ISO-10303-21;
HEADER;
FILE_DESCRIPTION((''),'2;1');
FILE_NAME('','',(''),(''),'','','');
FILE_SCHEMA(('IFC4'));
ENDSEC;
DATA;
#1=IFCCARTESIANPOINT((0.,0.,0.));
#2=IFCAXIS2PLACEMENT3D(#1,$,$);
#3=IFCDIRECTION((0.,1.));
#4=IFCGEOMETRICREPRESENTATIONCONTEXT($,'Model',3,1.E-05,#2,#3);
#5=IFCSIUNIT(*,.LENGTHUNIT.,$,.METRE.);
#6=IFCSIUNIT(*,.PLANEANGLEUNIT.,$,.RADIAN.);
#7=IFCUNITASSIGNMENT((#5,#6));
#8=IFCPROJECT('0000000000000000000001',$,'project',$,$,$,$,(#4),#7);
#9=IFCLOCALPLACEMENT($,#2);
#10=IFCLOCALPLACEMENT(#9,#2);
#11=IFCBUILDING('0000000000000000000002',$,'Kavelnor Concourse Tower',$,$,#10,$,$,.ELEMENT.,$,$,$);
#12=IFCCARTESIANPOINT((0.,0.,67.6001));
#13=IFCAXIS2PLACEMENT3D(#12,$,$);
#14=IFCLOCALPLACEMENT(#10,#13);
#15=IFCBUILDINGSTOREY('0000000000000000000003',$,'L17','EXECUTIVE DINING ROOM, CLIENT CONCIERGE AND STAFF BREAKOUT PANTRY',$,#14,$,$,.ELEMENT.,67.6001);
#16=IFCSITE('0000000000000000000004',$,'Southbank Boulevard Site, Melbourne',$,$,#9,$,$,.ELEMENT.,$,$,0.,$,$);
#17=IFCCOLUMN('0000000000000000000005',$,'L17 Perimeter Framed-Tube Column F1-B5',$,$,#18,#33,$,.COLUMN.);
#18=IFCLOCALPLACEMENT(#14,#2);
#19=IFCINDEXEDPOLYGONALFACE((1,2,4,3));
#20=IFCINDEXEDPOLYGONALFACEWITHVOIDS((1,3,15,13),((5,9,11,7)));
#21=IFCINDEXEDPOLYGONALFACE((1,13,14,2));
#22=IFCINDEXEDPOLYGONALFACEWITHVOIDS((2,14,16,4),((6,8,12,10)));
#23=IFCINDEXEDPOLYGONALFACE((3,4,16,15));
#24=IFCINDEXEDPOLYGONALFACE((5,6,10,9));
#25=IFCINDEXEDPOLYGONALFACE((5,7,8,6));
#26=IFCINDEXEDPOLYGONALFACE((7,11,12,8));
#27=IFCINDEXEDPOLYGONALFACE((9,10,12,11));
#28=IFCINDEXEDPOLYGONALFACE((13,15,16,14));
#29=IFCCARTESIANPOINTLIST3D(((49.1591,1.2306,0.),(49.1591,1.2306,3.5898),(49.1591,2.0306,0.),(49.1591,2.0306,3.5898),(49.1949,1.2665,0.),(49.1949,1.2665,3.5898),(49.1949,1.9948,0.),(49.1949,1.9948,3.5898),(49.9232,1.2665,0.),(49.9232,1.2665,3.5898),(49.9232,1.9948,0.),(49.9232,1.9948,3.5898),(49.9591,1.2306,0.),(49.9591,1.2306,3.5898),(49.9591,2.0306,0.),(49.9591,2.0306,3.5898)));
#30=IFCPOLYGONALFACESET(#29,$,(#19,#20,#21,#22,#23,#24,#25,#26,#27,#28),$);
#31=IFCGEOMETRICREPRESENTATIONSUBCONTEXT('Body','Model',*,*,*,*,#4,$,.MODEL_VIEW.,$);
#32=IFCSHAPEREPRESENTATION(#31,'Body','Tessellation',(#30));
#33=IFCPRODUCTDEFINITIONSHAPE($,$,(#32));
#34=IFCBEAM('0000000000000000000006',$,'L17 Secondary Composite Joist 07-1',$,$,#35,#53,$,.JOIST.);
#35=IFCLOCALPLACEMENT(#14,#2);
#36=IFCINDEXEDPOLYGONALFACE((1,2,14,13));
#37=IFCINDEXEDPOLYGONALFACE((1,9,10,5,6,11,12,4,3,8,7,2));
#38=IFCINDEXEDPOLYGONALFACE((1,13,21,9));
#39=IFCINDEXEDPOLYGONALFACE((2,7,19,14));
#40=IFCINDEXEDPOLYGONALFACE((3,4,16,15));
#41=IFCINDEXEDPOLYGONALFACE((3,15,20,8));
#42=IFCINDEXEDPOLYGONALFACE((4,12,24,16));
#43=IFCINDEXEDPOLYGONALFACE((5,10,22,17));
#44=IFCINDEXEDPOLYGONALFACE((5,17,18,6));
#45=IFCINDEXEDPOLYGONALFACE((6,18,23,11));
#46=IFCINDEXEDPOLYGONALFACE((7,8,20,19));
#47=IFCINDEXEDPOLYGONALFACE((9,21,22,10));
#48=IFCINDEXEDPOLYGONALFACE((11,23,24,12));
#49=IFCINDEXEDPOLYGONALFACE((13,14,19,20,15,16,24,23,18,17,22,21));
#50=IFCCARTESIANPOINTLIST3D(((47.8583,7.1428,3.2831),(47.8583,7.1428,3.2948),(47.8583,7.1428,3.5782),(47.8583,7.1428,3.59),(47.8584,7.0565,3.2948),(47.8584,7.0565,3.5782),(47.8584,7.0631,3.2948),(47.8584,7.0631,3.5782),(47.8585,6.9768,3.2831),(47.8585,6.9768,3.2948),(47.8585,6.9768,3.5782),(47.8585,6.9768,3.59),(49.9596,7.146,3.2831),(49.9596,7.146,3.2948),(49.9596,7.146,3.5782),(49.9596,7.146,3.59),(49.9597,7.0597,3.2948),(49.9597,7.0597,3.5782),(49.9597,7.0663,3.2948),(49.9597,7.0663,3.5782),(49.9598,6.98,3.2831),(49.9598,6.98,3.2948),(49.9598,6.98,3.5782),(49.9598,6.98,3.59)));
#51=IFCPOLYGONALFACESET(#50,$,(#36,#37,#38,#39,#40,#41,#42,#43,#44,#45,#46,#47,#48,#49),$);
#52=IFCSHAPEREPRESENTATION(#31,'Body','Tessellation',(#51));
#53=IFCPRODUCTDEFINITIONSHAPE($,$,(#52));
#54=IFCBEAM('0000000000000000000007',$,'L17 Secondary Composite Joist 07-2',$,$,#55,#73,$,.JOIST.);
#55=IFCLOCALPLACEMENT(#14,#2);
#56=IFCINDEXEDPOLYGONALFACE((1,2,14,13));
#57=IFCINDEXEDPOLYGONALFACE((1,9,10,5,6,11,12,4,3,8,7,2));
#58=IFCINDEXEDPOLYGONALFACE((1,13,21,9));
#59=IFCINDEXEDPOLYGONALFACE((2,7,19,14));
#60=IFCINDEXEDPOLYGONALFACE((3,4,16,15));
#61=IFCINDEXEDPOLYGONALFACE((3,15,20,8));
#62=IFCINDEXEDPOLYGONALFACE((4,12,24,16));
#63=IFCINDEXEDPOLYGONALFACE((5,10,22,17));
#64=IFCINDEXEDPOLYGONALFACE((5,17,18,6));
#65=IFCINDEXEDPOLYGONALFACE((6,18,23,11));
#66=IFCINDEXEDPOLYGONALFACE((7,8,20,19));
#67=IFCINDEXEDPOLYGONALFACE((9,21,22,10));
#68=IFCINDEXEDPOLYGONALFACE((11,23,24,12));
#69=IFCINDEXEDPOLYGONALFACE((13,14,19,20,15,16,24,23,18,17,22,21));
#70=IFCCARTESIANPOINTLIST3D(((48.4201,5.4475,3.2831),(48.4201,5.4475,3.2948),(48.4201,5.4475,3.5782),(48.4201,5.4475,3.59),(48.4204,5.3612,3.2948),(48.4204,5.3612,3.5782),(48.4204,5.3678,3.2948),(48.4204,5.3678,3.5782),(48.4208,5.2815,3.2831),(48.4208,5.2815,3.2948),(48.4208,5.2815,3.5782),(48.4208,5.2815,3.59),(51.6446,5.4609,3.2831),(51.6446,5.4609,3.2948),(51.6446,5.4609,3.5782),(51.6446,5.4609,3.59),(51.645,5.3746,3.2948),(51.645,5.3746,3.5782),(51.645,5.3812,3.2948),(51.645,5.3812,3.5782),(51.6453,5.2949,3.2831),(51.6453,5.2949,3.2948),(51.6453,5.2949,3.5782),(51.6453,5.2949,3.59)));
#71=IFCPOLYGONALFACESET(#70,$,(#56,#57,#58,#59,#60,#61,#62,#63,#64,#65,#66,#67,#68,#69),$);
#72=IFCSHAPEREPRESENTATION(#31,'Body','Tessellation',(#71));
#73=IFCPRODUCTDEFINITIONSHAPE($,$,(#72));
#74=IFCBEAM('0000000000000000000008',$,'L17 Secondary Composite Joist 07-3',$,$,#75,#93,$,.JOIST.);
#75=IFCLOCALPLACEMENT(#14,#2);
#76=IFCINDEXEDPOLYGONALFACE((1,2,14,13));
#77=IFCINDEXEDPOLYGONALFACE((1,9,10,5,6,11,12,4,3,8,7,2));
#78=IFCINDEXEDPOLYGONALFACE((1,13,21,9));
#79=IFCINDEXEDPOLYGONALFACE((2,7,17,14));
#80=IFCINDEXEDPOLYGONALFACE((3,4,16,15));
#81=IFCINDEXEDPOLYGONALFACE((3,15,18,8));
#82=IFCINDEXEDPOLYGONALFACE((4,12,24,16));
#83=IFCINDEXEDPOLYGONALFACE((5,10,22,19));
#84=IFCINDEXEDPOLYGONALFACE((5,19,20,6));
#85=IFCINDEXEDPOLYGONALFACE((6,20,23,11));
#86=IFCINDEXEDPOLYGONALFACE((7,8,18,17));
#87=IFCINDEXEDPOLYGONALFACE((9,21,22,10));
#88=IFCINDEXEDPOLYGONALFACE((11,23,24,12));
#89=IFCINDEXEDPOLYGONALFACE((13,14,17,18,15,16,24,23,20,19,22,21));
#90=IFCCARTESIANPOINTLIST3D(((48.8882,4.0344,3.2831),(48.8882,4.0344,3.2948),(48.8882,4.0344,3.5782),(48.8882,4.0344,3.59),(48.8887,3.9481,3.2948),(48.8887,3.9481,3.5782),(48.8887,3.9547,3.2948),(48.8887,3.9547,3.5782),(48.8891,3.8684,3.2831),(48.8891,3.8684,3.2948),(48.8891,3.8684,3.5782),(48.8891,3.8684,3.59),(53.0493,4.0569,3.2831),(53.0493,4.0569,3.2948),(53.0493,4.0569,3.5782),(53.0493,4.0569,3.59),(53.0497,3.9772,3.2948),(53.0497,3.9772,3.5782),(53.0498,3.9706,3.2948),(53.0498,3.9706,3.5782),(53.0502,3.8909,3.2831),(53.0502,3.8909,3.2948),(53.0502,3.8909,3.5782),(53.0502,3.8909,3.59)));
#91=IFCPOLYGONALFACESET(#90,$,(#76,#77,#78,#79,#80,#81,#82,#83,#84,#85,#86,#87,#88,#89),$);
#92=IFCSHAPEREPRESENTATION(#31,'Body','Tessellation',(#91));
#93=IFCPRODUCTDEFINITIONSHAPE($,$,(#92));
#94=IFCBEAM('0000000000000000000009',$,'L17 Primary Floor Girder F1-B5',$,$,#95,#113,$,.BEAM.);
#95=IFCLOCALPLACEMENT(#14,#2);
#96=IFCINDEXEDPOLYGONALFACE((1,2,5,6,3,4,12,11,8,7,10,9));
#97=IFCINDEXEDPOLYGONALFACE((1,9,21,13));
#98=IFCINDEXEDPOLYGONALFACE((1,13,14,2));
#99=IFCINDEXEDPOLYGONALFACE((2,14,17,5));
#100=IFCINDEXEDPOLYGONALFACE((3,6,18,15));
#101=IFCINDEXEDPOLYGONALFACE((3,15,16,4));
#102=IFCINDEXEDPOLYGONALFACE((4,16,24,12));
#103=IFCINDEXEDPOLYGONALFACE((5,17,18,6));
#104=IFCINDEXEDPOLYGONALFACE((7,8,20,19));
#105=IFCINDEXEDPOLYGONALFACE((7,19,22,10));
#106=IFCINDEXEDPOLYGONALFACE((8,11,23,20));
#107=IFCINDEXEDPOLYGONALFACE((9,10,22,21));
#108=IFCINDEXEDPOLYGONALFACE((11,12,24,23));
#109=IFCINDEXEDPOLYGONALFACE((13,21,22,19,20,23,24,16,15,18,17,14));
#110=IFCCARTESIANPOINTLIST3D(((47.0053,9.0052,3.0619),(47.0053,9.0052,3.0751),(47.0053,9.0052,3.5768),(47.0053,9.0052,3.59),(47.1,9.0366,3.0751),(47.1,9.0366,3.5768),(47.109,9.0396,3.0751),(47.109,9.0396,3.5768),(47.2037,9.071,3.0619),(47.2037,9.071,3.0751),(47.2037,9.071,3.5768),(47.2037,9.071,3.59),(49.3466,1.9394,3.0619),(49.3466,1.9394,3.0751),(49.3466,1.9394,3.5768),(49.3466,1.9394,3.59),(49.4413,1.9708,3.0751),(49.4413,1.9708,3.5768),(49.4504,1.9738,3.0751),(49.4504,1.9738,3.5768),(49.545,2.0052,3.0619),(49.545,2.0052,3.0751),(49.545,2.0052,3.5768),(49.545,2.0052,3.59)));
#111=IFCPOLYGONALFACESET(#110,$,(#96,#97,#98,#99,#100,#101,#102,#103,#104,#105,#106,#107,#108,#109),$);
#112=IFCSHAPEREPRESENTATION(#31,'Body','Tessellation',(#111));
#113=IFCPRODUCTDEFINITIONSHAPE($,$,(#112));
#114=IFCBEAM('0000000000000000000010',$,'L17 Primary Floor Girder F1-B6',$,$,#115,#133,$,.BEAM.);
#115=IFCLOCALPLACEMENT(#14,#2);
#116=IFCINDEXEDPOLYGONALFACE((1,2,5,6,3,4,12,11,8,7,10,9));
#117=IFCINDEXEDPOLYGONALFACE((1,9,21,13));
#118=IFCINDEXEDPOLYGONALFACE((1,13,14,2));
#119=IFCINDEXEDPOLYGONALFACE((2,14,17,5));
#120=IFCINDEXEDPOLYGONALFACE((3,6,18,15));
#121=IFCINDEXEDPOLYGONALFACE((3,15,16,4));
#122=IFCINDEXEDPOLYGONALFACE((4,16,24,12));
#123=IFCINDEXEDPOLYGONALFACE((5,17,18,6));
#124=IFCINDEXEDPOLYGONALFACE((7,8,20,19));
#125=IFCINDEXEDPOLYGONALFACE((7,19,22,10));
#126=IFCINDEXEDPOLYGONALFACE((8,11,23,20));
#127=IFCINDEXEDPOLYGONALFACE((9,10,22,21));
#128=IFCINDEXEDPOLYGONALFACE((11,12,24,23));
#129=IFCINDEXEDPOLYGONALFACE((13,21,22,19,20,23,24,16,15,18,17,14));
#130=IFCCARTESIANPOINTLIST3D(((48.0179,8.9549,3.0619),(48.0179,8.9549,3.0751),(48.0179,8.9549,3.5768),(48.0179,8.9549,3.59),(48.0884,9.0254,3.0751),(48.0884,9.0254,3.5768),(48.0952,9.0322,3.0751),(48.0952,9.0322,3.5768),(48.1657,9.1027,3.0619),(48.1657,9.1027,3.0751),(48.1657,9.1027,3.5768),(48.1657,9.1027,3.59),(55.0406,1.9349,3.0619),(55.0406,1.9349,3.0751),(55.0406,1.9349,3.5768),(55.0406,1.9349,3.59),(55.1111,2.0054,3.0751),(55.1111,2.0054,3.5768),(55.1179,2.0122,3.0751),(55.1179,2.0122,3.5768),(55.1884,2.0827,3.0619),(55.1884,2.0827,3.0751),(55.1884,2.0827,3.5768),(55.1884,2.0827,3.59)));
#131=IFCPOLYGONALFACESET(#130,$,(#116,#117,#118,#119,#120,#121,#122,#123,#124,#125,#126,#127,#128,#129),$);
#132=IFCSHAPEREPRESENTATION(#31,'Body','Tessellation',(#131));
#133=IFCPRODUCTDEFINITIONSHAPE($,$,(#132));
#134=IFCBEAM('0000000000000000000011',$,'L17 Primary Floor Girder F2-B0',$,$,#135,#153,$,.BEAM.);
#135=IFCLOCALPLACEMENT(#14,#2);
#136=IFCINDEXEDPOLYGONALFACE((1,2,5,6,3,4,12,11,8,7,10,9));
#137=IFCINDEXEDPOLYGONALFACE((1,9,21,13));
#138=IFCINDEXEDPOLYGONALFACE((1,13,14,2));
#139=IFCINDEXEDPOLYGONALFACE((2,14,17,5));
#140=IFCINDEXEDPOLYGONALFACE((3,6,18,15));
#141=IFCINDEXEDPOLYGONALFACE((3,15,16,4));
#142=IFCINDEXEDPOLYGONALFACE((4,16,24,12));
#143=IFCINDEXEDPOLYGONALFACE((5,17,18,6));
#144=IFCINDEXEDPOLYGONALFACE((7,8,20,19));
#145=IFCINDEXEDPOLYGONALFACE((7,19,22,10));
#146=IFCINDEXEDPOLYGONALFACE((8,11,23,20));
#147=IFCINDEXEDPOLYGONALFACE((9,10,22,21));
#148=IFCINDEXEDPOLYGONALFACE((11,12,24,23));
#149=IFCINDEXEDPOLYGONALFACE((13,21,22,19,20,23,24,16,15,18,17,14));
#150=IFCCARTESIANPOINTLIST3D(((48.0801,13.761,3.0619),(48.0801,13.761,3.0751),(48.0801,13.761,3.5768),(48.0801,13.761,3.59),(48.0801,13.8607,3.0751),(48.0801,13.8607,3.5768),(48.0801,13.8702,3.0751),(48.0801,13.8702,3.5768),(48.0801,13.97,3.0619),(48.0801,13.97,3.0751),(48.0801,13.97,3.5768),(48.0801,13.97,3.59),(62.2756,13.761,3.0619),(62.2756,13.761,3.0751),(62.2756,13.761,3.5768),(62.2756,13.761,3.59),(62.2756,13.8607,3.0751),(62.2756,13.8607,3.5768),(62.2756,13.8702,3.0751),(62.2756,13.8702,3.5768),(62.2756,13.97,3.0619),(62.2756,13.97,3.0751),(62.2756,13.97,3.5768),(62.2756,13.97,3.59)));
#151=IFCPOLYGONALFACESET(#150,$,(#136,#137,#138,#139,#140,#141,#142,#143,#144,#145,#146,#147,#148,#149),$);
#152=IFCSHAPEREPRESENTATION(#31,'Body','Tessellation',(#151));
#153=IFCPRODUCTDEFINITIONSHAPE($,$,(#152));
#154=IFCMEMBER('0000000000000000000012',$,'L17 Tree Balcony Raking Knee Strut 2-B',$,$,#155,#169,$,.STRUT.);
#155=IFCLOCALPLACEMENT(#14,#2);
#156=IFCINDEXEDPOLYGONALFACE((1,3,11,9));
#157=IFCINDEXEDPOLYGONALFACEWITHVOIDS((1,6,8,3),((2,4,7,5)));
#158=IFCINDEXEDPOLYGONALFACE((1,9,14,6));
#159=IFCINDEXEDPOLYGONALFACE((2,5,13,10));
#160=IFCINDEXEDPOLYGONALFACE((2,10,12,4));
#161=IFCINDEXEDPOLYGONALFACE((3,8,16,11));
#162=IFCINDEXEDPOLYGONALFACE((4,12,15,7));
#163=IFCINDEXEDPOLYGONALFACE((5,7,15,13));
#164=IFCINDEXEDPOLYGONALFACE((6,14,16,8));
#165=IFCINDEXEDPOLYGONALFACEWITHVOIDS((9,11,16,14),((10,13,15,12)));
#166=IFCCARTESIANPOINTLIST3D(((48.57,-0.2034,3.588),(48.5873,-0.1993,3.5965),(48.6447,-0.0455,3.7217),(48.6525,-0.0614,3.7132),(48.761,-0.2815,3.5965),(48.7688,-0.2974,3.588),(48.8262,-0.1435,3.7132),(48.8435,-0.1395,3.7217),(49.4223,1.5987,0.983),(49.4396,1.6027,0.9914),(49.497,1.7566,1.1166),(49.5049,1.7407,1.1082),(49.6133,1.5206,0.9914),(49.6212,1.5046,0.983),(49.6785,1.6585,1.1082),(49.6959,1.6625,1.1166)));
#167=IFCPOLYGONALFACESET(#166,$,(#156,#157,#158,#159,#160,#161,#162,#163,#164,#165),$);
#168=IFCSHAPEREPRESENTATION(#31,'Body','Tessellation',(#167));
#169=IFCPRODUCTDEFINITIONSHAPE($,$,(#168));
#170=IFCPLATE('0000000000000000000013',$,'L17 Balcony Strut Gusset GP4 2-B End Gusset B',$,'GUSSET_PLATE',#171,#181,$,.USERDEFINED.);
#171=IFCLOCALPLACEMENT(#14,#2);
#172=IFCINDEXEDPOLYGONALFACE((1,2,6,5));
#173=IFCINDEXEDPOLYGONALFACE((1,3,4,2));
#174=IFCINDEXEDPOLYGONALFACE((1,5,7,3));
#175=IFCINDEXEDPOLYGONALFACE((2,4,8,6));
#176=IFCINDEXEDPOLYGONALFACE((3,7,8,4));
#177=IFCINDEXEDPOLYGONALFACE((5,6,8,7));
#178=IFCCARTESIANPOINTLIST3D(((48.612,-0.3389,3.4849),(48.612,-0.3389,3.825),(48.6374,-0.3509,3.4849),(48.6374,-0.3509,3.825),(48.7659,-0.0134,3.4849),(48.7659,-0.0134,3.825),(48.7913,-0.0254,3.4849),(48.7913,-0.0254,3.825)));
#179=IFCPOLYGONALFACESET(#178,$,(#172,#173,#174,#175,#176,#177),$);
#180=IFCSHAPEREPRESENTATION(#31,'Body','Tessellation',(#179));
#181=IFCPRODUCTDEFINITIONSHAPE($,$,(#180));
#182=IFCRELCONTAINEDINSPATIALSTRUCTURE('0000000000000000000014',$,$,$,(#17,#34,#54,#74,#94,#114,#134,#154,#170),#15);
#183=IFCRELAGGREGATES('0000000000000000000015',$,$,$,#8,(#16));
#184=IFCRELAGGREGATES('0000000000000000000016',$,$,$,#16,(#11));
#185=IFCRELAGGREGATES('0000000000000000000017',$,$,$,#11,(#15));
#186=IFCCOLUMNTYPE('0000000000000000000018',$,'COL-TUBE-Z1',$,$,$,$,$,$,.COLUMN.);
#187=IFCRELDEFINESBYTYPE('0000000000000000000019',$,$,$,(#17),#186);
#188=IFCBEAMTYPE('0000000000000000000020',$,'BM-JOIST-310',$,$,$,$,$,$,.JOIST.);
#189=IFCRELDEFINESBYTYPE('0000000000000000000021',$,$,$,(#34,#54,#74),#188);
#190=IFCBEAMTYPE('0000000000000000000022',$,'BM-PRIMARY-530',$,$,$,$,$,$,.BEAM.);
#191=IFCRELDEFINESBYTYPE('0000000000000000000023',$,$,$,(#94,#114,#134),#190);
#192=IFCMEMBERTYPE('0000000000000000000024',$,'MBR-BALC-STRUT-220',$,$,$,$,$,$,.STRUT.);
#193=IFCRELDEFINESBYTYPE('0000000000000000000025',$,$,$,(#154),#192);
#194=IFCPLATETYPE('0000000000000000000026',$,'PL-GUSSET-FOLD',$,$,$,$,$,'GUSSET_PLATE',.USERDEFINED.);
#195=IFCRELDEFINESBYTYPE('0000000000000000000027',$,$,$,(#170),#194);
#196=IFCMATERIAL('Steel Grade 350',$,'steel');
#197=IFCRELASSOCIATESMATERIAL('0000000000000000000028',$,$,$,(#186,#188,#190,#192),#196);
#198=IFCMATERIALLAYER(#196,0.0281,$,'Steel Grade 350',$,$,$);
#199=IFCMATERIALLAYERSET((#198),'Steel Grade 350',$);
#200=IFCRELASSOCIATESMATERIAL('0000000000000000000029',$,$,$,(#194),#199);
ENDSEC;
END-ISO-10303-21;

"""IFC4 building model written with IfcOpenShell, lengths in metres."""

from ifc_helpers import new_model, si_unit, direction, frame, origin, origin_2d, place, context, subcontext, project, spatial, rectangle, hollow_rectangle, i_section, extrude, material, layer, layer_set, material_profile, profile_set, type_object, element, save


model = new_model("IFC4")

# Units and contexts
model_context = context("Model", 3, precision=1e-05, world=origin(), true_north=direction((0.0, 1.0)))
body_context = subcontext(model_context, "Body", "Model", "MODEL_VIEW")
ifc_project = project(units=[si_unit("LENGTHUNIT", "METRE"), si_unit("PLANEANGLEUNIT", "RADIAN")], contexts=[model_context])

# Site, building, storey
site_placement = place(None, origin())
site = spatial("IfcSite", under=ifc_project, at=site_placement, Name="Southbank Boulevard Site, Melbourne", CompositionType="ELEMENT", RefElevation=0.0)
building_placement = place(site_placement, origin())
building = spatial("IfcBuilding", under=site, at=building_placement, Name="Kavelnor Concourse Tower", CompositionType="ELEMENT")
storey_placement = place(building_placement, frame((0.0, 0.0, 67.6001)))
storey = spatial("IfcBuildingStorey", under=building, at=storey_placement, Name="L17", Description="EXECUTIVE DINING ROOM, CLIENT CONCIERGE AND STAFF BREAKOUT PANTRY", CompositionType="ELEMENT", Elevation=67.6001)

# Column
ifc_material_1 = material(Name="Steel Grade 350", Category="steel")
ifc_material_profile_1 = material_profile(ifc_material_1, hollow_rectangle(XDim=0.8, YDim=0.8, WallThickness=0.0359, at=origin_2d()), Name="SHS 800x800x36")
ifc_profile_set_1 = profile_set([ifc_material_profile_1], Name="Steel Grade 350")
column_type = type_object("IfcColumnType", Name="COL-TUBE-Z1", PredefinedType="COLUMN", material=ifc_profile_set_1)
column_placement = place(storey_placement, frame((49.5591, 1.6306, 0.0), z_axis=(0.0, 0.0, 1.0), x_axis=(1.0, 0.0, 0.0)))
element("IfcColumn", 1, at=column_placement, inside=storey, type_object=column_type, Name="L17 Perimeter Framed-Tube Column F1-B5", PredefinedType="COLUMN", context=body_context, shape_type="SweptSolid", body=[
    extrude(hollow_rectangle(XDim=0.8, YDim=0.8, WallThickness=0.0359, at=origin_2d()), origin(), (0.0, 0.0, 1.0), 3.5898),
])

# Beams
ifc_material_profile_2 = material_profile(ifc_material_1, i_section(OverallWidth=0.166, OverallDepth=0.3069, WebThickness=0.0066, FlangeThickness=0.0117, at=origin_2d()), Name="310UB46")
ifc_profile_set_2 = profile_set([ifc_material_profile_2], Name="Steel Grade 350")
beam_type_1 = type_object("IfcBeamType", Name="BM-JOIST-310", PredefinedType="JOIST", material=ifc_profile_set_2)
beam_1_placement = place(storey_placement, frame((47.8584, 7.0598, 3.4365), z_axis=(0.999999, 0.00151, 0.0), x_axis=(-0.00151, 0.999999, 0.0)))
element("IfcBeam", 2, at=beam_1_placement, inside=storey, type_object=beam_type_1, Name="L17 Secondary Composite Joist 07-1", PredefinedType="JOIST", context=body_context, shape_type="SweptSolid", body=[
    extrude(i_section(OverallWidth=0.166, OverallDepth=0.3069, WebThickness=0.0066, FlangeThickness=0.0117, at=origin_2d()), origin(), (0.0, 0.0, 1.0), 2.1013),
])
beam_2_placement = place(storey_placement, frame((48.4204, 5.3645, 3.4365), z_axis=(0.999991, 0.004164, 0.0), x_axis=(-0.004164, 0.999991, 0.0)))
element("IfcBeam", 3, at=beam_2_placement, inside=storey, type_object=beam_type_1, Name="L17 Secondary Composite Joist 07-2", PredefinedType="JOIST", context=body_context, shape_type="SweptSolid", body=[
    extrude(i_section(OverallWidth=0.166, OverallDepth=0.3069, WebThickness=0.0066, FlangeThickness=0.0117, at=origin_2d()), origin(), (0.0, 0.0, 1.0), 3.2246),
])
beam_3_placement = place(storey_placement, frame((48.8887, 3.9514, 3.4365), z_axis=(0.999985, 0.005398, 0.0), x_axis=(-0.005398, 0.999985, 0.0)))
element("IfcBeam", 4, at=beam_3_placement, inside=storey, type_object=beam_type_1, Name="L17 Secondary Composite Joist 07-3", PredefinedType="JOIST", context=body_context, shape_type="SweptSolid", body=[
    extrude(i_section(OverallWidth=0.166, OverallDepth=0.3069, WebThickness=0.0066, FlangeThickness=0.0117, at=origin_2d()), origin(), (0.0, 0.0, 1.0), 4.1611),
])
ifc_material_profile_3 = material_profile(ifc_material_1, i_section(OverallWidth=0.209, OverallDepth=0.5281, WebThickness=0.0095, FlangeThickness=0.0132, at=origin_2d()), Name="530UB82")
ifc_profile_set_3 = profile_set([ifc_material_profile_3], Name="Steel Grade 350")
beam_type_2 = type_object("IfcBeamType", Name="BM-PRIMARY-530", PredefinedType="BEAM", material=ifc_profile_set_3)
beam_4_placement = place(storey_placement, frame((47.1045, 9.0381, 3.3259), z_axis=(0.314545, -0.949243, 0.0), x_axis=(0.949243, 0.314545, 0.0)))
element("IfcBeam", 5, at=beam_4_placement, inside=storey, type_object=beam_type_2, Name="L17 Primary Floor Girder F1-B5", PredefinedType="BEAM", context=body_context, shape_type="SweptSolid", body=[
    extrude(i_section(OverallWidth=0.209, OverallDepth=0.5281, WebThickness=0.0095, FlangeThickness=0.0132, at=origin_2d()), origin(), (0.0, 0.0, 1.0), 7.4436),
])
beam_5_placement = place(storey_placement, frame((48.0918, 9.0288, 3.3259), z_axis=(0.707242, -0.706972, 0.0), x_axis=(0.706972, 0.707242, 0.0)))
element("IfcBeam", 6, at=beam_5_placement, inside=storey, type_object=beam_type_2, Name="L17 Primary Floor Girder F1-B6", PredefinedType="BEAM", context=body_context, shape_type="SweptSolid", body=[
    extrude(i_section(OverallWidth=0.209, OverallDepth=0.5281, WebThickness=0.0095, FlangeThickness=0.0132, at=origin_2d()), origin(), (0.0, 0.0, 1.0), 9.9297),
])
beam_6_placement = place(storey_placement, frame((48.0801, 13.8655, 3.3259), z_axis=(1.0, 0.0, 0.0), x_axis=(0.0, 1.0, 0.0)))
element("IfcBeam", 7, at=beam_6_placement, inside=storey, type_object=beam_type_2, Name="L17 Primary Floor Girder F2-B0", PredefinedType="BEAM", context=body_context, shape_type="SweptSolid", body=[
    extrude(i_section(OverallWidth=0.209, OverallDepth=0.5281, WebThickness=0.0095, FlangeThickness=0.0132, at=origin_2d()), origin(), (0.0, 0.0, 1.0), 14.1956),
])

# Member
ifc_material_profile_4 = material_profile(ifc_material_1, hollow_rectangle(XDim=0.22, YDim=0.22, WallThickness=0.0139, at=origin_2d()), Name="SHS 220x220x14")
ifc_profile_set_4 = profile_set([ifc_material_profile_4], Name="Steel Grade 350")
member_type = type_object("IfcMemberType", Name="MBR-BALC-STRUT-220", PredefinedType="STRUT", material=ifc_profile_set_4)
member_placement = place(storey_placement, frame((49.5591, 1.6306, 1.0498), z_axis=(-0.259832, -0.549362, 0.794159), x_axis=(0.903987, -0.42756, 0.0)))
element("IfcMember", 8, at=member_placement, inside=storey, type_object=member_type, Name="L17 Tree Balcony Raking Knee Strut 2-B", PredefinedType="STRUT", context=body_context, shape_type="SweptSolid", body=[
    extrude(hollow_rectangle(XDim=0.22, YDim=0.22, WallThickness=0.0139, at=origin_2d()), origin(), (0.0, 0.0, 1.0), 3.2803),
])

# Plate
ifc_layer_1 = layer(ifc_material_1, 0.0281, Name="Steel Grade 350")
ifc_layer_set_1 = layer_set([ifc_layer_1], Name="Steel Grade 350")
plate_type = type_object("IfcPlateType", Name="PL-GUSSET-FOLD", ElementType="GUSSET_PLATE", PredefinedType="USERDEFINED", material=ifc_layer_set_1)
plate_placement = place(storey_placement, frame((48.7017, -0.1821, 3.4849), z_axis=(0.0, 0.0, 1.0), x_axis=(-0.427516, -0.904008, 0.0)))
element("IfcPlate", 9, at=plate_placement, inside=storey, type_object=plate_type, Name="L17 Balcony Strut Gusset GP4 2-B End Gusset B", ObjectType="GUSSET_PLATE", PredefinedType="USERDEFINED", context=body_context, shape_type="SweptSolid", body=[
    extrude(rectangle(XDim=0.3601, YDim=0.0281, at=origin_2d()), origin(), (0.0, 0.0, 1.0), 0.3401),
])

save(model, "model.ifc")
